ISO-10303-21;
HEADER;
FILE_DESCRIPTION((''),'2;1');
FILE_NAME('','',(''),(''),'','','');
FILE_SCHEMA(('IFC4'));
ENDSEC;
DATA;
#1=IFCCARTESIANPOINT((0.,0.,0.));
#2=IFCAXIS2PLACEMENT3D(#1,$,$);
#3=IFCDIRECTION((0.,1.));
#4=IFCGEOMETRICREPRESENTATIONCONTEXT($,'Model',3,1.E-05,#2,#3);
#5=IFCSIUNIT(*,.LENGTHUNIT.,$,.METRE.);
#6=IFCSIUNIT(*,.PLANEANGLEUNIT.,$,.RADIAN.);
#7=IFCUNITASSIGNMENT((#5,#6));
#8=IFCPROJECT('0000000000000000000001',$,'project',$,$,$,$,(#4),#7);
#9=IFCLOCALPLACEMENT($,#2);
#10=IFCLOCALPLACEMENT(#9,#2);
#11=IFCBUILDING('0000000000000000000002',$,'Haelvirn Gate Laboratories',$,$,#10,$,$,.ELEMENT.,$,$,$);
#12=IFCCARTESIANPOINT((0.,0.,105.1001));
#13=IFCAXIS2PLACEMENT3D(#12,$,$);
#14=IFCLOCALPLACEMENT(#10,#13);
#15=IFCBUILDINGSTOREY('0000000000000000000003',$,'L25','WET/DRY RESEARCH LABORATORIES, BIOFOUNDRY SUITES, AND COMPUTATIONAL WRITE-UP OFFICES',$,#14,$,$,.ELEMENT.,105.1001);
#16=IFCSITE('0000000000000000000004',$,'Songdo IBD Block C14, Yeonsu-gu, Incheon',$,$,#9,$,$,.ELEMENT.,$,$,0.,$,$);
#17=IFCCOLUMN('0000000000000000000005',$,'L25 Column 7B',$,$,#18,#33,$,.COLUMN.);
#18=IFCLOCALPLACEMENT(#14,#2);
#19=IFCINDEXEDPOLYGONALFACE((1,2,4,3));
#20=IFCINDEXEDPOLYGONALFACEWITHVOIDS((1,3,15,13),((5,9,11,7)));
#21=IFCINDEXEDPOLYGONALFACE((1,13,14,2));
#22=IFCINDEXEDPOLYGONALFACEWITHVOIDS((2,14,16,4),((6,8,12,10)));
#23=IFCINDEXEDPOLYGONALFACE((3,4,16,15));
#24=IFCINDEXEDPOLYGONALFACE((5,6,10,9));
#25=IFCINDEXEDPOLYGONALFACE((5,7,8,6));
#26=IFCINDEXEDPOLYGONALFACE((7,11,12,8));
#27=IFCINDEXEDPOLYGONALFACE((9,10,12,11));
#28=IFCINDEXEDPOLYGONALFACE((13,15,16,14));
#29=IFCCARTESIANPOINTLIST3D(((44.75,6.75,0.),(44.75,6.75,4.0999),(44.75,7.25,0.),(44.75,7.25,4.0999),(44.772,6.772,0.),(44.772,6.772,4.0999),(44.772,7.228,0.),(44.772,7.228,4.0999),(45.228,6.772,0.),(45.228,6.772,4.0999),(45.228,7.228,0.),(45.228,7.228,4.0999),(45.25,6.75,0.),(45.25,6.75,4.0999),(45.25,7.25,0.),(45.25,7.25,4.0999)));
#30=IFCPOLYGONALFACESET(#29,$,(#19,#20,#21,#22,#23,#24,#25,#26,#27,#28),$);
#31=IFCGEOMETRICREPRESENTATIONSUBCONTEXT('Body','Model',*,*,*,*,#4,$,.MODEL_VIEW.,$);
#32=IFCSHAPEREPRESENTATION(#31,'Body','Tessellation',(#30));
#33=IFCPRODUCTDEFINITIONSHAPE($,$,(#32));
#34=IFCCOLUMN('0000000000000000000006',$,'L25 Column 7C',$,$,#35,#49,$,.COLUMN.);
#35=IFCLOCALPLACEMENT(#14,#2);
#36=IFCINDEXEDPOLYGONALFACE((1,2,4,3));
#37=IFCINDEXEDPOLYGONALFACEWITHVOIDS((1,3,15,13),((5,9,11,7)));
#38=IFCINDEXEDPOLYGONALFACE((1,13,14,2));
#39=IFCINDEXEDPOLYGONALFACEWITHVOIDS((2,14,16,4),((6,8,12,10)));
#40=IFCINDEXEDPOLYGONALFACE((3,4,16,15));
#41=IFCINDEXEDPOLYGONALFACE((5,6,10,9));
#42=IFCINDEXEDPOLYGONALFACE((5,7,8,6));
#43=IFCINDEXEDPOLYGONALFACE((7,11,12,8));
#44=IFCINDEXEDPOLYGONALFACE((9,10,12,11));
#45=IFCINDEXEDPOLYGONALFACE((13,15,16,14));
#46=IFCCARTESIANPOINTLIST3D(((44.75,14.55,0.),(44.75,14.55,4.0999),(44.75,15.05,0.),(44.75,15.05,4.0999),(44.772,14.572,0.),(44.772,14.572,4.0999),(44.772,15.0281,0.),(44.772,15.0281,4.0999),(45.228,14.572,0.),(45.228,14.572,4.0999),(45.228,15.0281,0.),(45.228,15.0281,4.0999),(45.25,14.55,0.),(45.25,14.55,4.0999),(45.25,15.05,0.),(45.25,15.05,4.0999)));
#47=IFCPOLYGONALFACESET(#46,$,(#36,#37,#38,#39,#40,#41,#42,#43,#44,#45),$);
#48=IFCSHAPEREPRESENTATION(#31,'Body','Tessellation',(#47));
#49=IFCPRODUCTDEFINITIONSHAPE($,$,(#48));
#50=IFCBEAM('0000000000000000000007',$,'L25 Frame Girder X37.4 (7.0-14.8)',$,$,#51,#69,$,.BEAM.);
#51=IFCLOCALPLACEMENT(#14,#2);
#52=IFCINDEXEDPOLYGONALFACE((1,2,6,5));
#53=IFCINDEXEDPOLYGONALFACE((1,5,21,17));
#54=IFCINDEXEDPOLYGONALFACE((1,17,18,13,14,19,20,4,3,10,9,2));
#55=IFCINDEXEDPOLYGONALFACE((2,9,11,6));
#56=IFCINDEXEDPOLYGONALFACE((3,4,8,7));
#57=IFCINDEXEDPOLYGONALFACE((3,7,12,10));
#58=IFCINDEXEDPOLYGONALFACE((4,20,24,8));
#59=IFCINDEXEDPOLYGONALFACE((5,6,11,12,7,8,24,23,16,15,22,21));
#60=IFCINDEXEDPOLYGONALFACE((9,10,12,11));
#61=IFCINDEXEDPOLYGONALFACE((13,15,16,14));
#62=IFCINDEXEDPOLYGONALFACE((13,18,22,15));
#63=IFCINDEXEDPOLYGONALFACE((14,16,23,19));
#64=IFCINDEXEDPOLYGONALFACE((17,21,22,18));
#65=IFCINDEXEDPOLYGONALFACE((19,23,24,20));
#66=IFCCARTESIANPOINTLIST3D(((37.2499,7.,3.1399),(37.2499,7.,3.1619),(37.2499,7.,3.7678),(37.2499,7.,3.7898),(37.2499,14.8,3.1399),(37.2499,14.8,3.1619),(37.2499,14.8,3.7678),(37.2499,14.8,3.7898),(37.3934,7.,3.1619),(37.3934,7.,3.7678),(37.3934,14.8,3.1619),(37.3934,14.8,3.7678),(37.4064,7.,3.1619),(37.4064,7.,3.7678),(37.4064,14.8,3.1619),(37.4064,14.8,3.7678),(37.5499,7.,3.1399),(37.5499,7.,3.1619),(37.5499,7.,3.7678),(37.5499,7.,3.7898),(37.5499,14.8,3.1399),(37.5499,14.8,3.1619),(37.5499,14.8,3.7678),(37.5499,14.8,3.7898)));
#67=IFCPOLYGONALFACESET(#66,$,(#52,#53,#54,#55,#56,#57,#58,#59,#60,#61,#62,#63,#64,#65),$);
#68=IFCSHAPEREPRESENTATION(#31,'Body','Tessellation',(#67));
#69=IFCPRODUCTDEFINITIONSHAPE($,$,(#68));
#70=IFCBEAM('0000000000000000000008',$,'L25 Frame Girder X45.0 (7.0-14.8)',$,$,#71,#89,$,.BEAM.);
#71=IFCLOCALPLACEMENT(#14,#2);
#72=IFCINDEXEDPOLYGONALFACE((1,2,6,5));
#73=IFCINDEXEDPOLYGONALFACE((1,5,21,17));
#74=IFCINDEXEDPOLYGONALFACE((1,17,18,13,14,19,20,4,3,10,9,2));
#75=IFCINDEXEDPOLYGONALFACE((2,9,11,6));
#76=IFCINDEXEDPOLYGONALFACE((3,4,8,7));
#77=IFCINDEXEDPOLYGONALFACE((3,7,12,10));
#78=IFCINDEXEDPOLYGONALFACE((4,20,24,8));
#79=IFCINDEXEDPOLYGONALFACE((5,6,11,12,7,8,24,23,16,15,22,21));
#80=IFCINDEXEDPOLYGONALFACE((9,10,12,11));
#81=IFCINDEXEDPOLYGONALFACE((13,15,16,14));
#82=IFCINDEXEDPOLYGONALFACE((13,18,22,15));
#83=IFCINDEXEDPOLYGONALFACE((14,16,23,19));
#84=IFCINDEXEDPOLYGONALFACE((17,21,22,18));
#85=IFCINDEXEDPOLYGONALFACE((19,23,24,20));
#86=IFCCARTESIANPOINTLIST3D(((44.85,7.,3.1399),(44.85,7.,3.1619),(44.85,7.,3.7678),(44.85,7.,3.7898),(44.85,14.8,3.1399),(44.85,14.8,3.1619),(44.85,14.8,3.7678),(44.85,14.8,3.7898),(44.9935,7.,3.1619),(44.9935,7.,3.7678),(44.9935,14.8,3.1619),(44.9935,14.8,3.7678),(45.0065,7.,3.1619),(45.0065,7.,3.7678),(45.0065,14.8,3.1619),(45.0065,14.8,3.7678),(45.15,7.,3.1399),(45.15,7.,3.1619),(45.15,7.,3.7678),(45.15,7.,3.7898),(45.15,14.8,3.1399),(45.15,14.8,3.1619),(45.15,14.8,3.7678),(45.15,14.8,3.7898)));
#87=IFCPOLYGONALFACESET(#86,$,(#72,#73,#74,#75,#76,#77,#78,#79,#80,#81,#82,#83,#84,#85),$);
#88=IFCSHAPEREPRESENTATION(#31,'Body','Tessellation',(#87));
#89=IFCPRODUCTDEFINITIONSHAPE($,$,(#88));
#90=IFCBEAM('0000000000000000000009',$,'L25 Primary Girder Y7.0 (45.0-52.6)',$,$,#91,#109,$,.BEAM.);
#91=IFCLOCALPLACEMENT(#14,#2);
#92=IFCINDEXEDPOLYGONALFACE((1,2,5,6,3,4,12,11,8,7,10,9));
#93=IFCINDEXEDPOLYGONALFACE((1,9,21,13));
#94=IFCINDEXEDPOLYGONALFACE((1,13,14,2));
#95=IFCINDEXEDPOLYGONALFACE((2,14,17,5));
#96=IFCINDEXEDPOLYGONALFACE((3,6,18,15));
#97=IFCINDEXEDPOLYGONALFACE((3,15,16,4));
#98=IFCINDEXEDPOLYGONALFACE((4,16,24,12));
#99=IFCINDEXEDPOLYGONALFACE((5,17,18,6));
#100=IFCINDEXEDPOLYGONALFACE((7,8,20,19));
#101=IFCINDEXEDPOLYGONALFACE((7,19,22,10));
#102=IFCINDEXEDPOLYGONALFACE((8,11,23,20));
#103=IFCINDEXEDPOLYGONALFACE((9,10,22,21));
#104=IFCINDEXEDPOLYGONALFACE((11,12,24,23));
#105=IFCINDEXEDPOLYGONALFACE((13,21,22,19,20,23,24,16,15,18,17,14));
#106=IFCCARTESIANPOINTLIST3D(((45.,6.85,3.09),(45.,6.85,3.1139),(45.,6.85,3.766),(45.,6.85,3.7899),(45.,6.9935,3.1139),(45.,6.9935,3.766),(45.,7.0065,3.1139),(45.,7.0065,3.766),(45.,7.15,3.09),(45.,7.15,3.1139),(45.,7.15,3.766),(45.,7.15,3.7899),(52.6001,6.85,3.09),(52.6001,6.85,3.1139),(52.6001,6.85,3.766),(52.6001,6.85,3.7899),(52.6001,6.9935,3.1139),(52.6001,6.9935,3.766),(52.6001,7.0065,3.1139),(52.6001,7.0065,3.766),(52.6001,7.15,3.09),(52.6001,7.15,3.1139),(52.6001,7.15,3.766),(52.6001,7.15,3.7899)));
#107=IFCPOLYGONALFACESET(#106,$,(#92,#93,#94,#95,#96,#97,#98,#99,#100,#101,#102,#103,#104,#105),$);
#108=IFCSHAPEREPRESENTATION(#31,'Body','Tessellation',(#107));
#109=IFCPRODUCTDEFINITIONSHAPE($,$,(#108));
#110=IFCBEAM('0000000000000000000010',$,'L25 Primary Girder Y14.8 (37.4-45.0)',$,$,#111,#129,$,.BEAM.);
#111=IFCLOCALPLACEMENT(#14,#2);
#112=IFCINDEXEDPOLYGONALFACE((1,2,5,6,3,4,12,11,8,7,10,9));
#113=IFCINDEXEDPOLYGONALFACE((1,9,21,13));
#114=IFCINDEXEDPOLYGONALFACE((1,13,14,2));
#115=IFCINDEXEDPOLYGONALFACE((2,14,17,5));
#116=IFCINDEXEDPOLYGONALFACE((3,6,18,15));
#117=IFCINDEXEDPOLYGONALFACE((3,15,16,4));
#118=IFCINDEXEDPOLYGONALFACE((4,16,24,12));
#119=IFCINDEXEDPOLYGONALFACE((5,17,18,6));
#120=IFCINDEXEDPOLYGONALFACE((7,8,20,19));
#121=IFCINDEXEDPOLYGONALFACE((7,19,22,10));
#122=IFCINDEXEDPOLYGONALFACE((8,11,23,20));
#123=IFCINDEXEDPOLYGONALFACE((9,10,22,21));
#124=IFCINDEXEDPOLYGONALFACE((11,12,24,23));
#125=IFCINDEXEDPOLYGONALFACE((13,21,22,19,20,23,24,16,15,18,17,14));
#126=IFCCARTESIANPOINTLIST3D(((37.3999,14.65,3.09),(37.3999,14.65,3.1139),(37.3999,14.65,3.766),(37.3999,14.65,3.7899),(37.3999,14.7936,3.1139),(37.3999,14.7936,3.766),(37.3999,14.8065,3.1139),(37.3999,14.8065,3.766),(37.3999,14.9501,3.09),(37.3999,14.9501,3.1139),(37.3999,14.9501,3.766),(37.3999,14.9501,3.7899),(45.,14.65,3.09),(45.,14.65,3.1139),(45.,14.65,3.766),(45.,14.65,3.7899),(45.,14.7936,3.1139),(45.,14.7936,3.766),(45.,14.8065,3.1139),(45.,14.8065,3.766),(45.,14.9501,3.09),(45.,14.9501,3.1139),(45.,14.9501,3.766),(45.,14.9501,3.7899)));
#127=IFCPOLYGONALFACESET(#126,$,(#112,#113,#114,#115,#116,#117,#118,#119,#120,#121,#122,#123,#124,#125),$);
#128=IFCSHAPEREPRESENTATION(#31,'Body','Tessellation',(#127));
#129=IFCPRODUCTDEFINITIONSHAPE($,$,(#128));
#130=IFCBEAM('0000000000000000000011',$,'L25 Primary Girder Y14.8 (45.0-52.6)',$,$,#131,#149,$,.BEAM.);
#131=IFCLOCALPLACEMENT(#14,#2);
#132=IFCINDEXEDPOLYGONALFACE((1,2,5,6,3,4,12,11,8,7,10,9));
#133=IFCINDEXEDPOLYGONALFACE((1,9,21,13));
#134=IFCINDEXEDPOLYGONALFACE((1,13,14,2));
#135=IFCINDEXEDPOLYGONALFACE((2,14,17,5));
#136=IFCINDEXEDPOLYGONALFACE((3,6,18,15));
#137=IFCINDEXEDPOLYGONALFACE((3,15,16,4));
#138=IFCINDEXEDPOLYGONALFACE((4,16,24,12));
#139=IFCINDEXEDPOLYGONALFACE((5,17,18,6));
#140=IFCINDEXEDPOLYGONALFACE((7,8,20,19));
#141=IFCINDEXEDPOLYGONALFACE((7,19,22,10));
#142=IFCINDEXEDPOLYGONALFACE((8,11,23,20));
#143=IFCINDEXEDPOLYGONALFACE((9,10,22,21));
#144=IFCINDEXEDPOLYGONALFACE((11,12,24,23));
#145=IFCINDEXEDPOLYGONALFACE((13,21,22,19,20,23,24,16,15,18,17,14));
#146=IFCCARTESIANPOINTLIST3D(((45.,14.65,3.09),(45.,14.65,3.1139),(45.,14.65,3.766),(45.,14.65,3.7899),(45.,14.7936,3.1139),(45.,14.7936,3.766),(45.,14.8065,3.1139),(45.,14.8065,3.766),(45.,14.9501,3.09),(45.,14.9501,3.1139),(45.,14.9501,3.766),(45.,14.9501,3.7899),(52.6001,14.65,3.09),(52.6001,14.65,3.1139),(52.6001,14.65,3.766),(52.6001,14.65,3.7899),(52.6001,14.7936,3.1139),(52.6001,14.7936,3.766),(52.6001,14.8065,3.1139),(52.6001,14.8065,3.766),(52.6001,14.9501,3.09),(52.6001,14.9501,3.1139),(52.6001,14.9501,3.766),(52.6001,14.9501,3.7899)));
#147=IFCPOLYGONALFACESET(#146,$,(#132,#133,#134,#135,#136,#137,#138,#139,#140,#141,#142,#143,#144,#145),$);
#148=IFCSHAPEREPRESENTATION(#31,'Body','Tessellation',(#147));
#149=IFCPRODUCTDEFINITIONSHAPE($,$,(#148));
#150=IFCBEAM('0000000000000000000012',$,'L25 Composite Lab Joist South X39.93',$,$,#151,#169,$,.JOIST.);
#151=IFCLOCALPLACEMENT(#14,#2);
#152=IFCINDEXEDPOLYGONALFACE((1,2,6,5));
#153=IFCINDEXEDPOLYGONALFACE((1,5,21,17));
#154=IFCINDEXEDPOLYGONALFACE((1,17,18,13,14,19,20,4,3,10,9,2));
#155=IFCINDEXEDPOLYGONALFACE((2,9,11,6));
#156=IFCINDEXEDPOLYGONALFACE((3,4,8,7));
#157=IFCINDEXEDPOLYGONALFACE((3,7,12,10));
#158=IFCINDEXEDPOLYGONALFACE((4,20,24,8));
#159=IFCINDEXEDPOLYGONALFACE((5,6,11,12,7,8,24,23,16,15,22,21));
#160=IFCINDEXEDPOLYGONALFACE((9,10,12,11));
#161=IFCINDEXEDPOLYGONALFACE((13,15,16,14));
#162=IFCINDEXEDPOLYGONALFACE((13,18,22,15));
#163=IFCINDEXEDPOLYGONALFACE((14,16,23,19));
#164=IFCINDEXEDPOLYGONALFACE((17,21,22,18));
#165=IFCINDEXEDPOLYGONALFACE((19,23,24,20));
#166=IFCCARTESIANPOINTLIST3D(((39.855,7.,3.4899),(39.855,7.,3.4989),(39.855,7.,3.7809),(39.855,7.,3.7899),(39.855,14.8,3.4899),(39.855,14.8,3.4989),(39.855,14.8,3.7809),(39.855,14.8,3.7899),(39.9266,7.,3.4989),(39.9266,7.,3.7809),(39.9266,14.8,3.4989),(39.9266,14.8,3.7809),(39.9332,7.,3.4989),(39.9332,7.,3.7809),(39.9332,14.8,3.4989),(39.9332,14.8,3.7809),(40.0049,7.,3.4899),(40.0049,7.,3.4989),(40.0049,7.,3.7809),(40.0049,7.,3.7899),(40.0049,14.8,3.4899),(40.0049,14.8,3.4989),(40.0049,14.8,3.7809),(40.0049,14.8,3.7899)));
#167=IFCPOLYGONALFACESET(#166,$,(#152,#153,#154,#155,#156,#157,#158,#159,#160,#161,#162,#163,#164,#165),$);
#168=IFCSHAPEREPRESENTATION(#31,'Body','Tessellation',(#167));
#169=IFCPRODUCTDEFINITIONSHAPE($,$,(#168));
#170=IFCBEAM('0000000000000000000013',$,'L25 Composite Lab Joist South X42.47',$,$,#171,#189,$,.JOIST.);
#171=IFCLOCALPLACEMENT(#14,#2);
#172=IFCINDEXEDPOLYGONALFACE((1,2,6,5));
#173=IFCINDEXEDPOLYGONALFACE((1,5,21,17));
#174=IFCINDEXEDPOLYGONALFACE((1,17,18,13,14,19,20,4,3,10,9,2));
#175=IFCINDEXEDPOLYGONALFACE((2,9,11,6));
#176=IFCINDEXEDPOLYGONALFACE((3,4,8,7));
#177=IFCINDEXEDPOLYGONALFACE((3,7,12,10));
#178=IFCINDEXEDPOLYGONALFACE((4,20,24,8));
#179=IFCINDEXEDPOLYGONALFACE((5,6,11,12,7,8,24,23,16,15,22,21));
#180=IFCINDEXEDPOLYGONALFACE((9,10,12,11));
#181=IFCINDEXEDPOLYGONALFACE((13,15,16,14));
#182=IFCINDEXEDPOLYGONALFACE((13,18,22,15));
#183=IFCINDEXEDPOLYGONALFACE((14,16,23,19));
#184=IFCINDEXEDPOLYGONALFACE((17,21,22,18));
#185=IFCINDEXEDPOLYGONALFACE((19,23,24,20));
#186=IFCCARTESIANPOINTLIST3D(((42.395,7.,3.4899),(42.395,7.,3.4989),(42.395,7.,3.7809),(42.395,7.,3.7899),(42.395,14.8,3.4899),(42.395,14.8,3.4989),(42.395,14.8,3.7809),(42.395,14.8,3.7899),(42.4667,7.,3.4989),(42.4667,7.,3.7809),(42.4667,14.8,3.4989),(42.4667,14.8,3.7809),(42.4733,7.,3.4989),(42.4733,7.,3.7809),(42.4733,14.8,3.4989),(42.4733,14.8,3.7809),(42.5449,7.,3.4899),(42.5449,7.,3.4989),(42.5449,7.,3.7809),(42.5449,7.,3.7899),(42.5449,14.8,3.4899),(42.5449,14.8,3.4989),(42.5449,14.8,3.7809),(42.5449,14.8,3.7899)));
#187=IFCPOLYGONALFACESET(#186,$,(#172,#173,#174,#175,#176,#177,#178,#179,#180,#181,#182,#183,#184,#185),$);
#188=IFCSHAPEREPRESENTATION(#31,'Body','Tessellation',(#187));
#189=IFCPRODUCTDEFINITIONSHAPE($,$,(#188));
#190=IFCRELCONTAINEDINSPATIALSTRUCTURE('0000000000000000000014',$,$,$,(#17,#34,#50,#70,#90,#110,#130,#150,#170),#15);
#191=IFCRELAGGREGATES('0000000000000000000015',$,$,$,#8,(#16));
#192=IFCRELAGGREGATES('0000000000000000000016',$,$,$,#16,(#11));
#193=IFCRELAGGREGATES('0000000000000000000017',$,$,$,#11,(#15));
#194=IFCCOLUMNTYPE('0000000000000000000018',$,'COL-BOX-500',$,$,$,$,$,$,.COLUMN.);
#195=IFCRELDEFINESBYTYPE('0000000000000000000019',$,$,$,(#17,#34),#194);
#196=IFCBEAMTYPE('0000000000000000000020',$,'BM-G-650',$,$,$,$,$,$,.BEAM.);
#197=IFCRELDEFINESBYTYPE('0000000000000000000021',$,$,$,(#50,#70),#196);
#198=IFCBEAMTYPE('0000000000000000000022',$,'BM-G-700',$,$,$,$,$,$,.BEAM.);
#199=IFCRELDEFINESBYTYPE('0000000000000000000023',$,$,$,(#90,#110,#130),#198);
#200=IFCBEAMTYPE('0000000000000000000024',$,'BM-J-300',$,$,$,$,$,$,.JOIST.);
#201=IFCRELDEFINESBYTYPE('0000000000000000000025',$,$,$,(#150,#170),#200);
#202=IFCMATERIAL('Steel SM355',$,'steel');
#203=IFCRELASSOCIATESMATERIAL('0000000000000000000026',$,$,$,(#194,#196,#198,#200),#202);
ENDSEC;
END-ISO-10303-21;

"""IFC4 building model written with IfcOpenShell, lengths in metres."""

from ifc_helpers import new_model, si_unit, direction, frame, origin, origin_2d, place, context, subcontext, project, spatial, hollow_rectangle, i_section, extrude, source, transform, mapped, material, material_profile, profile_set, type_object, type_shapes, element, save


model = new_model("IFC4")

# Units and contexts
model_context = context("Model", 3, precision=1e-05, world=origin(), true_north=direction((0.0, 1.0)))
body_context = subcontext(model_context, "Body", "Model", "MODEL_VIEW")
ifc_project = project(units=[si_unit("LENGTHUNIT", "METRE"), si_unit("PLANEANGLEUNIT", "RADIAN")], contexts=[model_context])

# Site, building, storey
site_placement = place(None, origin())
site = spatial("IfcSite", under=ifc_project, at=site_placement, Name="Songdo IBD Block C14, Yeonsu-gu, Incheon", CompositionType="ELEMENT", RefElevation=0.0)
building_placement = place(site_placement, origin())
building = spatial("IfcBuilding", under=site, at=building_placement, Name="Haelvirn Gate Laboratories", CompositionType="ELEMENT")
storey_placement = place(building_placement, frame((0.0, 0.0, 105.1001)))
storey = spatial("IfcBuildingStorey", under=building, at=storey_placement, Name="L25", Description="WET/DRY RESEARCH LABORATORIES, BIOFOUNDRY SUITES, AND COMPUTATIONAL WRITE-UP OFFICES", CompositionType="ELEMENT", Elevation=105.1001)

# Columns
ifc_material_1 = material(Name="Steel SM355", Category="steel")
ifc_material_profile_1 = material_profile(ifc_material_1, hollow_rectangle(XDim=0.5, YDim=0.5, WallThickness=0.022, at=origin_2d()), Name="BOX-500x500x22")
ifc_profile_set_1 = profile_set([ifc_material_profile_1], Name="Steel SM355")
column_type = type_object("IfcColumnType", Name="COL-BOX-500", PredefinedType="COLUMN", material=ifc_profile_set_1)
shared_shape_1 = source(origin(), body_context, "Body", "SweptSolid", [
    extrude(hollow_rectangle(XDim=0.5, YDim=0.5, WallThickness=0.022, at=origin_2d()), origin(), (0.0, 0.0, 1.0), 4.0999),
])
type_shapes(column_type, [shared_shape_1])
for number, where, z_axis, x_axis, name in (
    (1, (45.0, 7.0, 0.0), (0.0, 0.0, 1.0), (1.0, 0.0, 0.0), "L25 Column 7B"),
    (2, (45.0, 14.8, 0.0), (0.0, 0.0, 1.0), (1.0, 0.0, 0.0), "L25 Column 7C"),
):
    element("IfcColumn", number, at=place(storey_placement, frame(where, z_axis=z_axis, x_axis=x_axis)), inside=storey, type_object=column_type, Name=name, PredefinedType="COLUMN", context=body_context, shape_type="MappedRepresentation", body=[
        mapped(shared_shape_1, transform((0.0, 0.0, 0.0), scale=1.0)),
    ])

# Beams
ifc_material_profile_2 = material_profile(ifc_material_1, i_section(OverallWidth=0.3, OverallDepth=0.6499, WebThickness=0.0129, FlangeThickness=0.022, at=origin_2d()), Name="H-650x300x13x22")
ifc_profile_set_2 = profile_set([ifc_material_profile_2], Name="Steel SM355")
beam_type_1 = type_object("IfcBeamType", Name="BM-G-650", PredefinedType="BEAM", material=ifc_profile_set_2)
shared_shape_2 = source(origin(), body_context, "Body", "SweptSolid", [
    extrude(i_section(OverallWidth=0.3, OverallDepth=0.6499, WebThickness=0.0129, FlangeThickness=0.022, at=origin_2d()), origin(), (0.0, 0.0, 1.0), 7.8),
])
type_shapes(beam_type_1, [shared_shape_2])
for number, where, z_axis, x_axis, name in (
    (3, (37.3999, 7.0, 3.4648), (0.0, 1.0, 0.0), (-1.0, 0.0, 0.0), "L25 Frame Girder X37.4 (7.0-14.8)"),
    (4, (45.0, 7.0, 3.4648), (0.0, 1.0, 0.0), (-1.0, 0.0, 0.0), "L25 Frame Girder X45.0 (7.0-14.8)"),
):
    element("IfcBeam", number, at=place(storey_placement, frame(where, z_axis=z_axis, x_axis=x_axis)), inside=storey, type_object=beam_type_1, Name=name, PredefinedType="BEAM", context=body_context, shape_type="MappedRepresentation", body=[
        mapped(shared_shape_2, transform((0.0, 0.0, 0.0), scale=1.0)),
    ])
ifc_material_profile_3 = material_profile(ifc_material_1, i_section(OverallWidth=0.3, OverallDepth=0.7, WebThickness=0.0129, FlangeThickness=0.0239, at=origin_2d()), Name="H-700x300x13x24")
ifc_profile_set_3 = profile_set([ifc_material_profile_3], Name="Steel SM355")
beam_type_2 = type_object("IfcBeamType", Name="BM-G-700", PredefinedType="BEAM", material=ifc_profile_set_3)
shared_shape_3 = source(origin(), body_context, "Body", "SweptSolid", [
    extrude(i_section(OverallWidth=0.3, OverallDepth=0.7, WebThickness=0.0129, FlangeThickness=0.0239, at=origin_2d()), origin(), (0.0, 0.0, 1.0), 7.6001),
])
type_shapes(beam_type_2, [shared_shape_3])
for number, where, z_axis, x_axis, name in (
    (5, (45.0, 7.0, 3.4399), (1.0, 0.0, 0.0), (0.0, 1.0, 0.0), "L25 Primary Girder Y7.0 (45.0-52.6)"),
    (6, (37.3999, 14.8, 3.4399), (1.0, 0.0, 0.0), (0.0, 1.0, 0.0), "L25 Primary Girder Y14.8 (37.4-45.0)"),
    (7, (45.0, 14.8, 3.4399), (1.0, 0.0, 0.0), (0.0, 1.0, 0.0), "L25 Primary Girder Y14.8 (45.0-52.6)"),
):
    element("IfcBeam", number, at=place(storey_placement, frame(where, z_axis=z_axis, x_axis=x_axis)), inside=storey, type_object=beam_type_2, Name=name, PredefinedType="BEAM", context=body_context, shape_type="MappedRepresentation", body=[
        mapped(shared_shape_3, transform((0.0, 0.0, 0.0), scale=1.0)),
    ])
ifc_material_profile_4 = material_profile(ifc_material_1, i_section(OverallWidth=0.1499, OverallDepth=0.3, WebThickness=0.0066, FlangeThickness=0.009, at=origin_2d()), Name="H-300x150x6.5x9")
ifc_profile_set_4 = profile_set([ifc_material_profile_4], Name="Steel SM355")
beam_type_3 = type_object("IfcBeamType", Name="BM-J-300", PredefinedType="JOIST", material=ifc_profile_set_4)
shared_shape_4 = source(origin(), body_context, "Body", "SweptSolid", [
    extrude(i_section(OverallWidth=0.1499, OverallDepth=0.3, WebThickness=0.0066, FlangeThickness=0.009, at=origin_2d()), origin(), (0.0, 0.0, 1.0), 7.8),
])
type_shapes(beam_type_3, [shared_shape_4])
for number, where, z_axis, x_axis, name in (
    (8, (39.9299, 7.0, 3.6399), (0.0, 1.0, 0.0), (-1.0, 0.0, 0.0), "L25 Composite Lab Joist South X39.93"),
    (9, (42.47, 7.0, 3.6399), (0.0, 1.0, 0.0), (-1.0, 0.0, 0.0), "L25 Composite Lab Joist South X42.47"),
):
    element("IfcBeam", number, at=place(storey_placement, frame(where, z_axis=z_axis, x_axis=x_axis)), inside=storey, type_object=beam_type_3, Name=name, PredefinedType="JOIST", context=body_context, shape_type="MappedRepresentation", body=[
        mapped(shared_shape_4, transform((0.0, 0.0, 0.0), scale=1.0)),
    ])

save(model, "model.ifc")
